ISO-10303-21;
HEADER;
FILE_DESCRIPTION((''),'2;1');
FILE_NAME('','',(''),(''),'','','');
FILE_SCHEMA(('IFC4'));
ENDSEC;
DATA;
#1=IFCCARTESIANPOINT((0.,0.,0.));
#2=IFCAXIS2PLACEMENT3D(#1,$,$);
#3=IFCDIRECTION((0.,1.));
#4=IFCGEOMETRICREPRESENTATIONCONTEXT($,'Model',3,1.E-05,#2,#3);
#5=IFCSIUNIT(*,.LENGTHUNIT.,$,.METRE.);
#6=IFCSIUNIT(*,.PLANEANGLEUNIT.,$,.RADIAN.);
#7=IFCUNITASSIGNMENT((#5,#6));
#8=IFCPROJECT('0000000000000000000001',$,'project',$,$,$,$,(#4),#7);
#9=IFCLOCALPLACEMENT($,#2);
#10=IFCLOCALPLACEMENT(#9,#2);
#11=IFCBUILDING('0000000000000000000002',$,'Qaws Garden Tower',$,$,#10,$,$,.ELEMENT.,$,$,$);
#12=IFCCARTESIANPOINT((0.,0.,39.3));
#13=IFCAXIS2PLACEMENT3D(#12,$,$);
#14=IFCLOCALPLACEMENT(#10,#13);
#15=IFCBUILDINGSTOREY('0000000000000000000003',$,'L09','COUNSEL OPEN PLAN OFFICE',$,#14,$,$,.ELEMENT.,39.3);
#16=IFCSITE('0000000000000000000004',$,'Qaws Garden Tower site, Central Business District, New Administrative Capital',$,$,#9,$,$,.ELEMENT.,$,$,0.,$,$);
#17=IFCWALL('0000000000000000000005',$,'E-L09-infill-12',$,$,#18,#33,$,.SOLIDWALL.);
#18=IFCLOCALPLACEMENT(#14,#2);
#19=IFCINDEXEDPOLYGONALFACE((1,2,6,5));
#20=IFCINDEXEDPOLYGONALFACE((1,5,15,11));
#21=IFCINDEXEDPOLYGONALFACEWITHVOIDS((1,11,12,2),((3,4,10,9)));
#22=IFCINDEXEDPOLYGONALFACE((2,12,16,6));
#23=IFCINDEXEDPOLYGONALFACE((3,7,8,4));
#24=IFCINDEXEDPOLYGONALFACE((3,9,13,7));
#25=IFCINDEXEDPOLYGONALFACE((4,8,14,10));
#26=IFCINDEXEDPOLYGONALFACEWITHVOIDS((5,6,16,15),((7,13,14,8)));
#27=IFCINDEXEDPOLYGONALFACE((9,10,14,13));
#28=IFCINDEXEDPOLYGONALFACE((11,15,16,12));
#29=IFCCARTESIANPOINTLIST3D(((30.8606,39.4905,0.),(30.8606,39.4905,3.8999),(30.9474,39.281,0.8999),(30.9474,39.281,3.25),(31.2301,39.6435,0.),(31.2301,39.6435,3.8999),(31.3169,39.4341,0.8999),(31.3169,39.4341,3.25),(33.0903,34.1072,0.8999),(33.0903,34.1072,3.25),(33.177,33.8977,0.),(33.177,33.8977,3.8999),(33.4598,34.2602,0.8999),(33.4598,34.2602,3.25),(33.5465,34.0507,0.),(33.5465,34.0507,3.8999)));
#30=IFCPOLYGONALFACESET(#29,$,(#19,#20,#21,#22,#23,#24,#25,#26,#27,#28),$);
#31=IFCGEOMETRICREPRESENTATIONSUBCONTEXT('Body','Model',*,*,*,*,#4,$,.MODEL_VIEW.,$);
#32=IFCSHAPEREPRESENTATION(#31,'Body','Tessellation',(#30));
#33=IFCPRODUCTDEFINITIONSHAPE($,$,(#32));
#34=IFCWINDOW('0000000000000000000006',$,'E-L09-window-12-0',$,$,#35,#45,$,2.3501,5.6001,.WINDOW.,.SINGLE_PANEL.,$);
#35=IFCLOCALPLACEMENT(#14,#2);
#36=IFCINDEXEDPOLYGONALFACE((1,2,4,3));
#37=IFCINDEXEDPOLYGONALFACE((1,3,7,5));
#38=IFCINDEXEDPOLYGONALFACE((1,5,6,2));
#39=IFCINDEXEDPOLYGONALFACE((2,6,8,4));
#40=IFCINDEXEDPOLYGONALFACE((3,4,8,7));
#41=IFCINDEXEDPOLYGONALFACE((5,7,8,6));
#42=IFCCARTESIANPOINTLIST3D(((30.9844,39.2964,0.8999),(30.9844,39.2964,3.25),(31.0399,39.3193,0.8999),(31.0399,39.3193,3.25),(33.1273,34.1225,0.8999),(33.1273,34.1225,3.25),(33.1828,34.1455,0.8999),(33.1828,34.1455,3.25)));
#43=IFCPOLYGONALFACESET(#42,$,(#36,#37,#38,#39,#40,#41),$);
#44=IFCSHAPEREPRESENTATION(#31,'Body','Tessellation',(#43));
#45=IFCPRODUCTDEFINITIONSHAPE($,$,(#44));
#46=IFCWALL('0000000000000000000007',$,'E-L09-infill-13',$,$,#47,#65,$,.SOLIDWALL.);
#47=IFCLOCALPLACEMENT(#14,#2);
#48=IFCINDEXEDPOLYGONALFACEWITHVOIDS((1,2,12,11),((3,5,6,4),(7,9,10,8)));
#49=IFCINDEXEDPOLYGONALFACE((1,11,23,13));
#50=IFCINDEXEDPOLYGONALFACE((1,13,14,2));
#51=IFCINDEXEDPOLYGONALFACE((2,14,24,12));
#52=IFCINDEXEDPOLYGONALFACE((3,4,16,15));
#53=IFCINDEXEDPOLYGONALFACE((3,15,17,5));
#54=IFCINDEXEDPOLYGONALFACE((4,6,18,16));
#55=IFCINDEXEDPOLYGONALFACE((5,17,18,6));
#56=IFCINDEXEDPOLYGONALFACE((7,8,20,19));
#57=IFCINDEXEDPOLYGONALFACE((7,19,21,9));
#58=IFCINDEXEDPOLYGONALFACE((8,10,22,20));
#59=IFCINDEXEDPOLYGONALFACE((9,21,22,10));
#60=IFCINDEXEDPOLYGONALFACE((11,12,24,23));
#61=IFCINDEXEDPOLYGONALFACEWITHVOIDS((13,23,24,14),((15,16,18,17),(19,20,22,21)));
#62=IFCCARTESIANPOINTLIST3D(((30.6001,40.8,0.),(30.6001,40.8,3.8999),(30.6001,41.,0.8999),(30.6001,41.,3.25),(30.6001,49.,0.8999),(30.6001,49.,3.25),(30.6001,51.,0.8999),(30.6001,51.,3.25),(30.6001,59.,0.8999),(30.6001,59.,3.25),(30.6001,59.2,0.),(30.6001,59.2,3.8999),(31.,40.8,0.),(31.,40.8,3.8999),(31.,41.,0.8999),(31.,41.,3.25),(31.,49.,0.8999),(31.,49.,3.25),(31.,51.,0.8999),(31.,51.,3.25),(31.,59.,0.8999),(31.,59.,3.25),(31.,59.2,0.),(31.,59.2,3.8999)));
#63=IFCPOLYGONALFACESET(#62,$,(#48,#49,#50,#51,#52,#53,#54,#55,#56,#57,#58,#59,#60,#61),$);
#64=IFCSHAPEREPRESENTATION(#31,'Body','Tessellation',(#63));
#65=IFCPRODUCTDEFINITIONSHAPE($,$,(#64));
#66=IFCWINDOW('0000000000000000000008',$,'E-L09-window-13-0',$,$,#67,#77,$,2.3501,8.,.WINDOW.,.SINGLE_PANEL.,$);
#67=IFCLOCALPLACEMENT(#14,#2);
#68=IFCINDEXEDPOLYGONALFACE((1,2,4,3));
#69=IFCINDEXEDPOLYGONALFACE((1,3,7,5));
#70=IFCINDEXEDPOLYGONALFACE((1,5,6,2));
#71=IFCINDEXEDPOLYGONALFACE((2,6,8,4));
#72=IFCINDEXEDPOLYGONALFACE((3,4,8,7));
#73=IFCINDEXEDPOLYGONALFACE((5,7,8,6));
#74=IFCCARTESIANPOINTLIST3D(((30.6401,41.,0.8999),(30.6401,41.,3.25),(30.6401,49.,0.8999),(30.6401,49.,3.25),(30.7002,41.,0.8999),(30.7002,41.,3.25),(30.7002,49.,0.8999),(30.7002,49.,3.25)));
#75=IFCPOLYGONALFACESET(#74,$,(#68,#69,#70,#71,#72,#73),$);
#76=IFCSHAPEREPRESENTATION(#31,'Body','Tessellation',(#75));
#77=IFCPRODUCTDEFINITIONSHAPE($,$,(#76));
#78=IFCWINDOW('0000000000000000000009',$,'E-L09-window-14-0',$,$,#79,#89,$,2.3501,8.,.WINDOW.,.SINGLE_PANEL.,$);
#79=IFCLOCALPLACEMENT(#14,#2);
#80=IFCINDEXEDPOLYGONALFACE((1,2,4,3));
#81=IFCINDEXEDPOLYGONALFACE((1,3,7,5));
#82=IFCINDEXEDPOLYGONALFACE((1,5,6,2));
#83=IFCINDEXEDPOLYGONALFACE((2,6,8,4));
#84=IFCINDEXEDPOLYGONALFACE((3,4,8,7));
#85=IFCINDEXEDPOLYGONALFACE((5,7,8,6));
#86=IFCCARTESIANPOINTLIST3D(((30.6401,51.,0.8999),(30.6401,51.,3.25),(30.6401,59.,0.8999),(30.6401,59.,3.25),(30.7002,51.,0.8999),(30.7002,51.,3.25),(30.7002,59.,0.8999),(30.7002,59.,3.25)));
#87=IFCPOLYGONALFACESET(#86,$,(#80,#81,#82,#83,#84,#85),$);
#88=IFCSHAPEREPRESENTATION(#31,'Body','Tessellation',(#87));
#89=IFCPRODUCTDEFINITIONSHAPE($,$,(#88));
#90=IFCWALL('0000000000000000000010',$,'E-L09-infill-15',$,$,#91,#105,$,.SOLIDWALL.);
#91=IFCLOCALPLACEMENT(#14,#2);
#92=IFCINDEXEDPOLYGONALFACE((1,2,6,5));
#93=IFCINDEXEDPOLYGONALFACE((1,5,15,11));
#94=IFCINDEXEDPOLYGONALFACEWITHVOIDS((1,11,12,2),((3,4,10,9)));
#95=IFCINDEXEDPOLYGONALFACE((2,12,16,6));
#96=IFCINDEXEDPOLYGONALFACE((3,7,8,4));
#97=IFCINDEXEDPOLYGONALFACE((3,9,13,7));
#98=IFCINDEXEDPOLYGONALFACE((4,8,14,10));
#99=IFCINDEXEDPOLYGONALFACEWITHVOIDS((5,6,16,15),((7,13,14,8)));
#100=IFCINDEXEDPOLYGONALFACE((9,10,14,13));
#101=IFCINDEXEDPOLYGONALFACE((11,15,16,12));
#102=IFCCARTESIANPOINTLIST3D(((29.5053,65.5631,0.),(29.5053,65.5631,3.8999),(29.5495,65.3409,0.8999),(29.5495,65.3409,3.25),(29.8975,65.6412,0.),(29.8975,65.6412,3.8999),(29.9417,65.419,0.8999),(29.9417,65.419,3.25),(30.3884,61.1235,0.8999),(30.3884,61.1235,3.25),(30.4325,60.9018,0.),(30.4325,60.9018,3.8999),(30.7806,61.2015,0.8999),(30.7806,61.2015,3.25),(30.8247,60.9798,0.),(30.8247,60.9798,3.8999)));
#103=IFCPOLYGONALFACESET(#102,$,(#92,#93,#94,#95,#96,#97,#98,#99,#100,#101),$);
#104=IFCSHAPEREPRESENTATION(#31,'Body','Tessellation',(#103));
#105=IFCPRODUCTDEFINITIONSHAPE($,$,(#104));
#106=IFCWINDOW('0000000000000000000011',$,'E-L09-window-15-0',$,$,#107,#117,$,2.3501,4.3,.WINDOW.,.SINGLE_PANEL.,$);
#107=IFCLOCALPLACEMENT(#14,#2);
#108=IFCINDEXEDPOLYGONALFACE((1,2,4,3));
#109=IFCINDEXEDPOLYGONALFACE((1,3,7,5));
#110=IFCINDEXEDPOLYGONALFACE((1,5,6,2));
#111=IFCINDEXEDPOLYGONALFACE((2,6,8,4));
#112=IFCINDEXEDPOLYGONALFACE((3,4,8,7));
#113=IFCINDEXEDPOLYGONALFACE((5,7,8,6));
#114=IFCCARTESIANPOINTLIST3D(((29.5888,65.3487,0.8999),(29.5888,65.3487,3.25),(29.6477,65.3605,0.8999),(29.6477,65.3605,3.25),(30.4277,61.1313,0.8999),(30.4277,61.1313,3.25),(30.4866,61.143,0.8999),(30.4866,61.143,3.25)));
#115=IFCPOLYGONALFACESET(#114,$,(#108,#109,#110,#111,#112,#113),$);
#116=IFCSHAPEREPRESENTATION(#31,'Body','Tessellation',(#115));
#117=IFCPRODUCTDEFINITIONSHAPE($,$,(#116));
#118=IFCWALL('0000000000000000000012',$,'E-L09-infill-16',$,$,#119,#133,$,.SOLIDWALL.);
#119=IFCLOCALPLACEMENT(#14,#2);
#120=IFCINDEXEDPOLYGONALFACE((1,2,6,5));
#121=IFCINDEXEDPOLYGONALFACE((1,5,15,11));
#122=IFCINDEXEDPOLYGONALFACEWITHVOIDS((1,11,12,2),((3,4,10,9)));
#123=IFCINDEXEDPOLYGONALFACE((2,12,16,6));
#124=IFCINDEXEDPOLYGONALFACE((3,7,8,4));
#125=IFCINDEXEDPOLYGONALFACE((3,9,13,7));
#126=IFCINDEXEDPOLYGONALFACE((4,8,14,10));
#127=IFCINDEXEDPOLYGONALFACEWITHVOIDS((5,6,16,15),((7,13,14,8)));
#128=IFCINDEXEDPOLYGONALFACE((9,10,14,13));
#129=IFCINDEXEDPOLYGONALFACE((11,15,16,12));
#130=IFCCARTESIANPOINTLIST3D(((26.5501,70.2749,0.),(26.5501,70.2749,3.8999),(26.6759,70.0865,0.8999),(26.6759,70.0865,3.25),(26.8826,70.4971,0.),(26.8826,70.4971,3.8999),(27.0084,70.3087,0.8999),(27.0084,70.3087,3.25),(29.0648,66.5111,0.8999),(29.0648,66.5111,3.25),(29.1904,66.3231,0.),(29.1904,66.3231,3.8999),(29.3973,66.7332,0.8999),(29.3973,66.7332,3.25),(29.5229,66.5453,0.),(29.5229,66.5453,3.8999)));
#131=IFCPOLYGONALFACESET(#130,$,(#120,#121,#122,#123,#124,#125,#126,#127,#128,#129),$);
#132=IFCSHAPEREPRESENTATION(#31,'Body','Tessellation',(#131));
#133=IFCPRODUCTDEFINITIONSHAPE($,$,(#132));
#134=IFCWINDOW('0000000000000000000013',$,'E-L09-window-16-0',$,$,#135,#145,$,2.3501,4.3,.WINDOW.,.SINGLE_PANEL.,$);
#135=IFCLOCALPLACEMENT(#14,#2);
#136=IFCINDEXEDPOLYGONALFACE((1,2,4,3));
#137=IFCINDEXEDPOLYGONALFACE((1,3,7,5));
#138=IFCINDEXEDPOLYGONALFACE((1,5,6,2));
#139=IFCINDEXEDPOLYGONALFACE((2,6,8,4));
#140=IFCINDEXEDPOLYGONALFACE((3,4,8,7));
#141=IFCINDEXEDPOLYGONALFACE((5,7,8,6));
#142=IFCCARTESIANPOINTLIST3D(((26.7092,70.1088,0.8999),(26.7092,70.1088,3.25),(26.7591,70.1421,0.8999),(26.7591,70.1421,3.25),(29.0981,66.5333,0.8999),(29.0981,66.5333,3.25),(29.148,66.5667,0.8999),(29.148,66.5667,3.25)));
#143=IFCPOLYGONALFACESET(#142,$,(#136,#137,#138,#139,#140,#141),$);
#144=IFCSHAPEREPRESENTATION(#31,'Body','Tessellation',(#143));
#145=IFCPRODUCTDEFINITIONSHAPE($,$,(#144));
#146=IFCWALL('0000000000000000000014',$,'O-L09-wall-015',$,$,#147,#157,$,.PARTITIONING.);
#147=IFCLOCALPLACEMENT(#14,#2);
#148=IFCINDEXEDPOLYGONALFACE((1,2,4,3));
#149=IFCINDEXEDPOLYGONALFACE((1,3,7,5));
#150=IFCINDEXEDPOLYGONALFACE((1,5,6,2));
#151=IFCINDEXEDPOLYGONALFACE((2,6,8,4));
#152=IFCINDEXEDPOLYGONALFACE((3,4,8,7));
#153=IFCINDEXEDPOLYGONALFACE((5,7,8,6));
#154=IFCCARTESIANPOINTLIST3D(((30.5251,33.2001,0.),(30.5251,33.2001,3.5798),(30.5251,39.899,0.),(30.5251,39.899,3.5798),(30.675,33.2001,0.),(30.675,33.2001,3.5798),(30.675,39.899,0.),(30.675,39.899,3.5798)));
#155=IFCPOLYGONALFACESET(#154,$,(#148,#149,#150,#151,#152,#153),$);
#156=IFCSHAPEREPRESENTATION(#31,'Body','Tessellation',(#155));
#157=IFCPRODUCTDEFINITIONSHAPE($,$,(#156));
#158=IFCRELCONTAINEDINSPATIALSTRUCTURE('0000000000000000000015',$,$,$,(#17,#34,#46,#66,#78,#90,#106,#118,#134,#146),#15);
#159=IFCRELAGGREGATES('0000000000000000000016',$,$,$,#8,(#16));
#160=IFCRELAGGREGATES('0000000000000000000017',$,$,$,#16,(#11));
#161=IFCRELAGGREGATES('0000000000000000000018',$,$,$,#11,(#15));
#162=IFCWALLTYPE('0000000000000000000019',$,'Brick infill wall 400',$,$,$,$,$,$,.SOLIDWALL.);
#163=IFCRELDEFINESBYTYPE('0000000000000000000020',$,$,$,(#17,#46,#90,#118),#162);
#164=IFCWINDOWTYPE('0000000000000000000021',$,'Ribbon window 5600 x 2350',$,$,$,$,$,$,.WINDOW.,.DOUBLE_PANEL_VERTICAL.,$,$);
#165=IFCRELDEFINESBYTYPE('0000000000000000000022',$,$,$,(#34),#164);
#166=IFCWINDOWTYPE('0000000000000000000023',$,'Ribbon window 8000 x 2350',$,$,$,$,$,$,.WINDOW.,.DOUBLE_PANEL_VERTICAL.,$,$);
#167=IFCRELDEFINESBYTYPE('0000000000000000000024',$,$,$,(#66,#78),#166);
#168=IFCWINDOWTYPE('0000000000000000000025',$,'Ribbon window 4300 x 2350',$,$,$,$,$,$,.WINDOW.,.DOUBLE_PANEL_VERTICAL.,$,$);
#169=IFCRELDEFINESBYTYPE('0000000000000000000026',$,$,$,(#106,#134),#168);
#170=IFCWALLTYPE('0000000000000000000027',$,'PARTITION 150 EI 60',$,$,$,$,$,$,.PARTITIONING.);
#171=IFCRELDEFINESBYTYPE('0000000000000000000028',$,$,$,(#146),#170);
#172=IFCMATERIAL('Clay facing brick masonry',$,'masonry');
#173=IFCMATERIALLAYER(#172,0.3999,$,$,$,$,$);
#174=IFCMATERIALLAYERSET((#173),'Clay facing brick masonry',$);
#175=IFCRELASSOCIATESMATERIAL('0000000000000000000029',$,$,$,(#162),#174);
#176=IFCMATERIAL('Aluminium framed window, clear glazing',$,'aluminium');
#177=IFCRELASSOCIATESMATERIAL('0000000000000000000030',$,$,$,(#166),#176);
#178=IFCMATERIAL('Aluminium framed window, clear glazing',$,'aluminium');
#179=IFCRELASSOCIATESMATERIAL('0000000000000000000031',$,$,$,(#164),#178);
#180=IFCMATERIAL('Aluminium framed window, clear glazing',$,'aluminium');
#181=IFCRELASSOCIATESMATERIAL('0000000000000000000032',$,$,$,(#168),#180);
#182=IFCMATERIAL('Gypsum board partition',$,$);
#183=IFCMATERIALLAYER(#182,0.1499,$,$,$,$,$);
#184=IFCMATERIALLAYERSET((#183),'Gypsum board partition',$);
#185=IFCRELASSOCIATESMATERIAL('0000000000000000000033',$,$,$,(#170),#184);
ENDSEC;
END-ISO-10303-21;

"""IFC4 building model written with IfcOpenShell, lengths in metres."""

from ifc_helpers import new_model, si_unit, direction, frame, frame_2d, origin, place, context, subcontext, project, spatial, rectangle, extrude, material, layer, layer_set, type_object, element, fill, save


model = new_model("IFC4")

# Units and contexts
model_context = context("Model", 3, precision=1e-05, world=origin(), true_north=direction((0.0, 1.0)))
body_context = subcontext(model_context, "Body", "Model", "MODEL_VIEW")
ifc_project = project(units=[si_unit("LENGTHUNIT", "METRE"), si_unit("PLANEANGLEUNIT", "RADIAN")], contexts=[model_context])

# Site, building, storey
site_placement = place(None, origin())
site = spatial("IfcSite", under=ifc_project, at=site_placement, Name="Qaws Garden Tower site, Central Business District, New Administrative Capital", CompositionType="ELEMENT", RefElevation=0.0)
building_placement = place(site_placement, origin())
building = spatial("IfcBuilding", under=site, at=building_placement, Name="Qaws Garden Tower", CompositionType="ELEMENT")
storey_placement = place(building_placement, frame((0.0, 0.0, 39.3)))
storey = spatial("IfcBuildingStorey", under=building, at=storey_placement, Name="L09", Description="COUNSEL OPEN PLAN OFFICE", CompositionType="ELEMENT", Elevation=39.3)

# Shared definitions
ifc_material_1 = material(Name="Clay facing brick masonry", Category="masonry")
ifc_layer_1 = layer(ifc_material_1, 0.3999)
ifc_layer_set_1 = layer_set([ifc_layer_1], Name="Clay facing brick masonry")
wall_type_1 = type_object("IfcWallType", Name="Brick infill wall 400", PredefinedType="SOLIDWALL", material=ifc_layer_set_1)
ifc_material_2 = material(Name="Aluminium framed window, clear glazing", Category="aluminium")
window_type_1 = type_object("IfcWindowType", Name="Ribbon window 8000 x 2350", PartitioningType="DOUBLE_PANEL_VERTICAL", PredefinedType="WINDOW", material=ifc_material_2)

# Wall, opening, window
ifc_material_3 = material(Name="Aluminium framed window, clear glazing", Category="aluminium")
window_type_2 = type_object("IfcWindowType", Name="Ribbon window 5600 x 2350", PartitioningType="DOUBLE_PANEL_VERTICAL", PredefinedType="WINDOW", material=ifc_material_3)
wall_1_placement = place(storey_placement, frame((33.3618, 33.9741, 0.0), z_axis=(0.0, 0.0, 1.0), x_axis=(-0.382656, 0.923891, 0.0)))
wall_1 = element("IfcWall", 1, at=wall_1_placement, inside=storey, type_object=wall_type_1, Name="E-L09-infill-12", PredefinedType="SOLIDWALL", context=body_context, shape_type="SweptSolid", body=[
    extrude(rectangle(XDim=6.0535, YDim=0.3999, at=frame_2d((3.0269, 0.0))), origin(), (0.0, 0.0, 1.0), 3.8999),
])
opening_1_placement = place(wall_1_placement, frame((0.2268, 0.0, 0.8999)))
opening_1 = element("IfcOpeningElement", 2, at=opening_1_placement, cuts=wall_1, PredefinedType="OPENING", context=body_context, shape_type="SweptSolid", body=[
    extrude(rectangle(XDim=5.6001, YDim=2.3501, at=frame_2d((2.8, 1.175))), frame((0.0, 0.21, 0.0), z_axis=(0.0, -1.0, 0.0), x_axis=(1.0, 0.0, 0.0)), (0.0, 0.0, 1.0), 0.4199),
])
window_1_placement = place(opening_1_placement, origin())
window_1 = element("IfcWindow", 3, at=window_1_placement, inside=storey, type_object=window_type_2, Name="E-L09-window-12-0", OverallHeight=2.3501, OverallWidth=5.6001, PartitioningType="SINGLE_PANEL", PredefinedType="WINDOW", context=body_context, shape_type="SweptSolid", body=[
    extrude(rectangle(XDim=5.6001, YDim=2.3501, at=frame_2d((2.8, 1.175))), frame((0.0, 0.1599, 0.0), z_axis=(0.0, -1.0, 0.0), x_axis=(1.0, 0.0, 0.0)), (0.0, 0.0, 1.0), 0.0601),
])
fill(opening_1, window_1)

# Wall, openings, windows
wall_2_placement = place(storey_placement, frame((30.8, 40.8, 0.0), z_axis=(0.0, 0.0, 1.0), x_axis=(0.0, 1.0, 0.0)))
wall_2 = element("IfcWall", 4, at=wall_2_placement, inside=storey, type_object=wall_type_1, Name="E-L09-infill-13", PredefinedType="SOLIDWALL", context=body_context, shape_type="SweptSolid", body=[
    extrude(rectangle(XDim=18.3999, YDim=0.3999, at=frame_2d((9.2, 0.0))), origin(), (0.0, 0.0, 1.0), 3.8999),
])
opening_2_placement = place(wall_2_placement, frame((0.2, 0.0, 0.8999)))
opening_2 = element("IfcOpeningElement", 5, at=opening_2_placement, cuts=wall_2, PredefinedType="OPENING", context=body_context, shape_type="SweptSolid", body=[
    extrude(rectangle(XDim=8.0, YDim=2.3501, at=frame_2d((4.0, 1.175))), frame((0.0, 0.21, 0.0), z_axis=(0.0, -1.0, 0.0), x_axis=(1.0, 0.0, 0.0)), (0.0, 0.0, 1.0), 0.4199),
])
opening_3_placement = place(wall_2_placement, frame((10.2, 0.0, 0.8999)))
opening_3 = element("IfcOpeningElement", 6, at=opening_3_placement, cuts=wall_2, PredefinedType="OPENING", context=body_context, shape_type="SweptSolid", body=[
    extrude(rectangle(XDim=8.0, YDim=2.3501, at=frame_2d((4.0, 1.175))), frame((0.0, 0.21, 0.0), z_axis=(0.0, -1.0, 0.0), x_axis=(1.0, 0.0, 0.0)), (0.0, 0.0, 1.0), 0.4199),
])
window_2_placement = place(opening_2_placement, origin())
window_2 = element("IfcWindow", 7, at=window_2_placement, inside=storey, type_object=window_type_1, Name="E-L09-window-13-0", OverallHeight=2.3501, OverallWidth=8.0, PartitioningType="SINGLE_PANEL", PredefinedType="WINDOW", context=body_context, shape_type="SweptSolid", body=[
    extrude(rectangle(XDim=8.0, YDim=2.3501, at=frame_2d((4.0, 1.175))), frame((0.0, 0.1599, 0.0), z_axis=(0.0, -1.0, 0.0), x_axis=(1.0, 0.0, 0.0)), (0.0, 0.0, 1.0), 0.0601),
])
fill(opening_2, window_2)
window_3_placement = place(opening_3_placement, origin())
window_3 = element("IfcWindow", 8, at=window_3_placement, inside=storey, type_object=window_type_1, Name="E-L09-window-14-0", OverallHeight=2.3501, OverallWidth=8.0, PartitioningType="SINGLE_PANEL", PredefinedType="WINDOW", context=body_context, shape_type="SweptSolid", body=[
    extrude(rectangle(XDim=8.0, YDim=2.3501, at=frame_2d((4.0, 1.175))), frame((0.0, 0.1599, 0.0), z_axis=(0.0, -1.0, 0.0), x_axis=(1.0, 0.0, 0.0)), (0.0, 0.0, 1.0), 0.0601),
])
fill(opening_3, window_3)

# Walls, openings, windows
wall_3_placement = place(storey_placement, frame((30.6287, 60.9407, 0.0), z_axis=(0.0, 0.0, 1.0), x_axis=(-0.195099, 0.980784, 0.0)))
wall_3 = element("IfcWall", 9, at=wall_3_placement, inside=storey, type_object=wall_type_1, Name="E-L09-infill-15", PredefinedType="SOLIDWALL", context=body_context, shape_type="SweptSolid", body=[
    extrude(rectangle(XDim=4.7527, YDim=0.3999, at=frame_2d((2.3765, 0.0))), origin(), (0.0, 0.0, 1.0), 3.8999),
])
opening_4_placement = place(wall_3_placement, frame((0.2263, 0.0, 0.8999)))
opening_4 = element("IfcOpeningElement", 10, at=opening_4_placement, cuts=wall_3, PredefinedType="OPENING", context=body_context, shape_type="SweptSolid", body=[
    extrude(rectangle(XDim=4.3, YDim=2.3501, at=frame_2d((2.1499, 1.175))), frame((0.0, 0.21, 0.0), z_axis=(0.0, -1.0, 0.0), x_axis=(1.0, 0.0, 0.0)), (0.0, 0.0, 1.0), 0.4199),
])
ifc_material_4 = material(Name="Aluminium framed window, clear glazing", Category="aluminium")
window_type_3 = type_object("IfcWindowType", Name="Ribbon window 4300 x 2350", PartitioningType="DOUBLE_PANEL_VERTICAL", PredefinedType="WINDOW", material=ifc_material_4)
window_4_placement = place(opening_4_placement, origin())
window_4 = element("IfcWindow", 11, at=window_4_placement, inside=storey, type_object=window_type_3, Name="E-L09-window-15-0", OverallHeight=2.3501, OverallWidth=4.3, PartitioningType="SINGLE_PANEL", PredefinedType="WINDOW", context=body_context, shape_type="SweptSolid", body=[
    extrude(rectangle(XDim=4.3, YDim=2.3501, at=frame_2d((2.1499, 1.175))), frame((0.0, 0.1599, 0.0), z_axis=(0.0, -1.0, 0.0), x_axis=(1.0, 0.0, 0.0)), (0.0, 0.0, 1.0), 0.0601),
])
fill(opening_4, window_4)
wall_4_placement = place(storey_placement, frame((29.3567, 66.4341, 0.0), z_axis=(0.0, 0.0, 1.0), x_axis=(-0.555542, 0.831489, 0.0)))
wall_4 = element("IfcWall", 12, at=wall_4_placement, inside=storey, type_object=wall_type_1, Name="E-L09-infill-16", PredefinedType="SOLIDWALL", context=body_context, shape_type="SweptSolid", body=[
    extrude(rectangle(XDim=4.7527, YDim=0.3999, at=frame_2d((2.3765, 0.0))), origin(), (0.0, 0.0, 1.0), 3.8999),
])
opening_5_placement = place(wall_4_placement, frame((0.2263, 0.0, 0.8999)))
opening_5 = element("IfcOpeningElement", 13, at=opening_5_placement, cuts=wall_4, PredefinedType="OPENING", context=body_context, shape_type="SweptSolid", body=[
    extrude(rectangle(XDim=4.3, YDim=2.3501, at=frame_2d((2.1499, 1.175))), frame((0.0, 0.21, 0.0), z_axis=(0.0, -1.0, 0.0), x_axis=(1.0, 0.0, 0.0)), (0.0, 0.0, 1.0), 0.4199),
])
window_5_placement = place(opening_5_placement, origin())
window_5 = element("IfcWindow", 14, at=window_5_placement, inside=storey, type_object=window_type_3, Name="E-L09-window-16-0", OverallHeight=2.3501, OverallWidth=4.3, PartitioningType="SINGLE_PANEL", PredefinedType="WINDOW", context=body_context, shape_type="SweptSolid", body=[
    extrude(rectangle(XDim=4.3, YDim=2.3501, at=frame_2d((2.1499, 1.175))), frame((0.0, 0.1599, 0.0), z_axis=(0.0, -1.0, 0.0), x_axis=(1.0, 0.0, 0.0)), (0.0, 0.0, 1.0), 0.0601),
])
fill(opening_5, window_5)

# Wall
ifc_material_5 = material(Name="Gypsum board partition")
ifc_layer_2 = layer(ifc_material_5, 0.1499)
ifc_layer_set_2 = layer_set([ifc_layer_2], Name="Gypsum board partition")
wall_type_2 = type_object("IfcWallType", Name="PARTITION 150 EI 60", PredefinedType="PARTITIONING", material=ifc_layer_set_2)
wall_5_placement = place(storey_placement, frame((30.6001, 33.2, 0.0), z_axis=(0.0, 0.0, 1.0), x_axis=(0.0, 1.0, 0.0)))
element("IfcWall", 15, at=wall_5_placement, inside=storey, type_object=wall_type_2, Name="O-L09-wall-015", PredefinedType="PARTITIONING", context=body_context, shape_type="SweptSolid", body=[
    extrude(rectangle(XDim=6.699, YDim=0.1499, at=frame_2d((3.3496, 0.0))), origin(), (0.0, 0.0, 1.0), 3.5798),
])

save(model, "model.ifc")
